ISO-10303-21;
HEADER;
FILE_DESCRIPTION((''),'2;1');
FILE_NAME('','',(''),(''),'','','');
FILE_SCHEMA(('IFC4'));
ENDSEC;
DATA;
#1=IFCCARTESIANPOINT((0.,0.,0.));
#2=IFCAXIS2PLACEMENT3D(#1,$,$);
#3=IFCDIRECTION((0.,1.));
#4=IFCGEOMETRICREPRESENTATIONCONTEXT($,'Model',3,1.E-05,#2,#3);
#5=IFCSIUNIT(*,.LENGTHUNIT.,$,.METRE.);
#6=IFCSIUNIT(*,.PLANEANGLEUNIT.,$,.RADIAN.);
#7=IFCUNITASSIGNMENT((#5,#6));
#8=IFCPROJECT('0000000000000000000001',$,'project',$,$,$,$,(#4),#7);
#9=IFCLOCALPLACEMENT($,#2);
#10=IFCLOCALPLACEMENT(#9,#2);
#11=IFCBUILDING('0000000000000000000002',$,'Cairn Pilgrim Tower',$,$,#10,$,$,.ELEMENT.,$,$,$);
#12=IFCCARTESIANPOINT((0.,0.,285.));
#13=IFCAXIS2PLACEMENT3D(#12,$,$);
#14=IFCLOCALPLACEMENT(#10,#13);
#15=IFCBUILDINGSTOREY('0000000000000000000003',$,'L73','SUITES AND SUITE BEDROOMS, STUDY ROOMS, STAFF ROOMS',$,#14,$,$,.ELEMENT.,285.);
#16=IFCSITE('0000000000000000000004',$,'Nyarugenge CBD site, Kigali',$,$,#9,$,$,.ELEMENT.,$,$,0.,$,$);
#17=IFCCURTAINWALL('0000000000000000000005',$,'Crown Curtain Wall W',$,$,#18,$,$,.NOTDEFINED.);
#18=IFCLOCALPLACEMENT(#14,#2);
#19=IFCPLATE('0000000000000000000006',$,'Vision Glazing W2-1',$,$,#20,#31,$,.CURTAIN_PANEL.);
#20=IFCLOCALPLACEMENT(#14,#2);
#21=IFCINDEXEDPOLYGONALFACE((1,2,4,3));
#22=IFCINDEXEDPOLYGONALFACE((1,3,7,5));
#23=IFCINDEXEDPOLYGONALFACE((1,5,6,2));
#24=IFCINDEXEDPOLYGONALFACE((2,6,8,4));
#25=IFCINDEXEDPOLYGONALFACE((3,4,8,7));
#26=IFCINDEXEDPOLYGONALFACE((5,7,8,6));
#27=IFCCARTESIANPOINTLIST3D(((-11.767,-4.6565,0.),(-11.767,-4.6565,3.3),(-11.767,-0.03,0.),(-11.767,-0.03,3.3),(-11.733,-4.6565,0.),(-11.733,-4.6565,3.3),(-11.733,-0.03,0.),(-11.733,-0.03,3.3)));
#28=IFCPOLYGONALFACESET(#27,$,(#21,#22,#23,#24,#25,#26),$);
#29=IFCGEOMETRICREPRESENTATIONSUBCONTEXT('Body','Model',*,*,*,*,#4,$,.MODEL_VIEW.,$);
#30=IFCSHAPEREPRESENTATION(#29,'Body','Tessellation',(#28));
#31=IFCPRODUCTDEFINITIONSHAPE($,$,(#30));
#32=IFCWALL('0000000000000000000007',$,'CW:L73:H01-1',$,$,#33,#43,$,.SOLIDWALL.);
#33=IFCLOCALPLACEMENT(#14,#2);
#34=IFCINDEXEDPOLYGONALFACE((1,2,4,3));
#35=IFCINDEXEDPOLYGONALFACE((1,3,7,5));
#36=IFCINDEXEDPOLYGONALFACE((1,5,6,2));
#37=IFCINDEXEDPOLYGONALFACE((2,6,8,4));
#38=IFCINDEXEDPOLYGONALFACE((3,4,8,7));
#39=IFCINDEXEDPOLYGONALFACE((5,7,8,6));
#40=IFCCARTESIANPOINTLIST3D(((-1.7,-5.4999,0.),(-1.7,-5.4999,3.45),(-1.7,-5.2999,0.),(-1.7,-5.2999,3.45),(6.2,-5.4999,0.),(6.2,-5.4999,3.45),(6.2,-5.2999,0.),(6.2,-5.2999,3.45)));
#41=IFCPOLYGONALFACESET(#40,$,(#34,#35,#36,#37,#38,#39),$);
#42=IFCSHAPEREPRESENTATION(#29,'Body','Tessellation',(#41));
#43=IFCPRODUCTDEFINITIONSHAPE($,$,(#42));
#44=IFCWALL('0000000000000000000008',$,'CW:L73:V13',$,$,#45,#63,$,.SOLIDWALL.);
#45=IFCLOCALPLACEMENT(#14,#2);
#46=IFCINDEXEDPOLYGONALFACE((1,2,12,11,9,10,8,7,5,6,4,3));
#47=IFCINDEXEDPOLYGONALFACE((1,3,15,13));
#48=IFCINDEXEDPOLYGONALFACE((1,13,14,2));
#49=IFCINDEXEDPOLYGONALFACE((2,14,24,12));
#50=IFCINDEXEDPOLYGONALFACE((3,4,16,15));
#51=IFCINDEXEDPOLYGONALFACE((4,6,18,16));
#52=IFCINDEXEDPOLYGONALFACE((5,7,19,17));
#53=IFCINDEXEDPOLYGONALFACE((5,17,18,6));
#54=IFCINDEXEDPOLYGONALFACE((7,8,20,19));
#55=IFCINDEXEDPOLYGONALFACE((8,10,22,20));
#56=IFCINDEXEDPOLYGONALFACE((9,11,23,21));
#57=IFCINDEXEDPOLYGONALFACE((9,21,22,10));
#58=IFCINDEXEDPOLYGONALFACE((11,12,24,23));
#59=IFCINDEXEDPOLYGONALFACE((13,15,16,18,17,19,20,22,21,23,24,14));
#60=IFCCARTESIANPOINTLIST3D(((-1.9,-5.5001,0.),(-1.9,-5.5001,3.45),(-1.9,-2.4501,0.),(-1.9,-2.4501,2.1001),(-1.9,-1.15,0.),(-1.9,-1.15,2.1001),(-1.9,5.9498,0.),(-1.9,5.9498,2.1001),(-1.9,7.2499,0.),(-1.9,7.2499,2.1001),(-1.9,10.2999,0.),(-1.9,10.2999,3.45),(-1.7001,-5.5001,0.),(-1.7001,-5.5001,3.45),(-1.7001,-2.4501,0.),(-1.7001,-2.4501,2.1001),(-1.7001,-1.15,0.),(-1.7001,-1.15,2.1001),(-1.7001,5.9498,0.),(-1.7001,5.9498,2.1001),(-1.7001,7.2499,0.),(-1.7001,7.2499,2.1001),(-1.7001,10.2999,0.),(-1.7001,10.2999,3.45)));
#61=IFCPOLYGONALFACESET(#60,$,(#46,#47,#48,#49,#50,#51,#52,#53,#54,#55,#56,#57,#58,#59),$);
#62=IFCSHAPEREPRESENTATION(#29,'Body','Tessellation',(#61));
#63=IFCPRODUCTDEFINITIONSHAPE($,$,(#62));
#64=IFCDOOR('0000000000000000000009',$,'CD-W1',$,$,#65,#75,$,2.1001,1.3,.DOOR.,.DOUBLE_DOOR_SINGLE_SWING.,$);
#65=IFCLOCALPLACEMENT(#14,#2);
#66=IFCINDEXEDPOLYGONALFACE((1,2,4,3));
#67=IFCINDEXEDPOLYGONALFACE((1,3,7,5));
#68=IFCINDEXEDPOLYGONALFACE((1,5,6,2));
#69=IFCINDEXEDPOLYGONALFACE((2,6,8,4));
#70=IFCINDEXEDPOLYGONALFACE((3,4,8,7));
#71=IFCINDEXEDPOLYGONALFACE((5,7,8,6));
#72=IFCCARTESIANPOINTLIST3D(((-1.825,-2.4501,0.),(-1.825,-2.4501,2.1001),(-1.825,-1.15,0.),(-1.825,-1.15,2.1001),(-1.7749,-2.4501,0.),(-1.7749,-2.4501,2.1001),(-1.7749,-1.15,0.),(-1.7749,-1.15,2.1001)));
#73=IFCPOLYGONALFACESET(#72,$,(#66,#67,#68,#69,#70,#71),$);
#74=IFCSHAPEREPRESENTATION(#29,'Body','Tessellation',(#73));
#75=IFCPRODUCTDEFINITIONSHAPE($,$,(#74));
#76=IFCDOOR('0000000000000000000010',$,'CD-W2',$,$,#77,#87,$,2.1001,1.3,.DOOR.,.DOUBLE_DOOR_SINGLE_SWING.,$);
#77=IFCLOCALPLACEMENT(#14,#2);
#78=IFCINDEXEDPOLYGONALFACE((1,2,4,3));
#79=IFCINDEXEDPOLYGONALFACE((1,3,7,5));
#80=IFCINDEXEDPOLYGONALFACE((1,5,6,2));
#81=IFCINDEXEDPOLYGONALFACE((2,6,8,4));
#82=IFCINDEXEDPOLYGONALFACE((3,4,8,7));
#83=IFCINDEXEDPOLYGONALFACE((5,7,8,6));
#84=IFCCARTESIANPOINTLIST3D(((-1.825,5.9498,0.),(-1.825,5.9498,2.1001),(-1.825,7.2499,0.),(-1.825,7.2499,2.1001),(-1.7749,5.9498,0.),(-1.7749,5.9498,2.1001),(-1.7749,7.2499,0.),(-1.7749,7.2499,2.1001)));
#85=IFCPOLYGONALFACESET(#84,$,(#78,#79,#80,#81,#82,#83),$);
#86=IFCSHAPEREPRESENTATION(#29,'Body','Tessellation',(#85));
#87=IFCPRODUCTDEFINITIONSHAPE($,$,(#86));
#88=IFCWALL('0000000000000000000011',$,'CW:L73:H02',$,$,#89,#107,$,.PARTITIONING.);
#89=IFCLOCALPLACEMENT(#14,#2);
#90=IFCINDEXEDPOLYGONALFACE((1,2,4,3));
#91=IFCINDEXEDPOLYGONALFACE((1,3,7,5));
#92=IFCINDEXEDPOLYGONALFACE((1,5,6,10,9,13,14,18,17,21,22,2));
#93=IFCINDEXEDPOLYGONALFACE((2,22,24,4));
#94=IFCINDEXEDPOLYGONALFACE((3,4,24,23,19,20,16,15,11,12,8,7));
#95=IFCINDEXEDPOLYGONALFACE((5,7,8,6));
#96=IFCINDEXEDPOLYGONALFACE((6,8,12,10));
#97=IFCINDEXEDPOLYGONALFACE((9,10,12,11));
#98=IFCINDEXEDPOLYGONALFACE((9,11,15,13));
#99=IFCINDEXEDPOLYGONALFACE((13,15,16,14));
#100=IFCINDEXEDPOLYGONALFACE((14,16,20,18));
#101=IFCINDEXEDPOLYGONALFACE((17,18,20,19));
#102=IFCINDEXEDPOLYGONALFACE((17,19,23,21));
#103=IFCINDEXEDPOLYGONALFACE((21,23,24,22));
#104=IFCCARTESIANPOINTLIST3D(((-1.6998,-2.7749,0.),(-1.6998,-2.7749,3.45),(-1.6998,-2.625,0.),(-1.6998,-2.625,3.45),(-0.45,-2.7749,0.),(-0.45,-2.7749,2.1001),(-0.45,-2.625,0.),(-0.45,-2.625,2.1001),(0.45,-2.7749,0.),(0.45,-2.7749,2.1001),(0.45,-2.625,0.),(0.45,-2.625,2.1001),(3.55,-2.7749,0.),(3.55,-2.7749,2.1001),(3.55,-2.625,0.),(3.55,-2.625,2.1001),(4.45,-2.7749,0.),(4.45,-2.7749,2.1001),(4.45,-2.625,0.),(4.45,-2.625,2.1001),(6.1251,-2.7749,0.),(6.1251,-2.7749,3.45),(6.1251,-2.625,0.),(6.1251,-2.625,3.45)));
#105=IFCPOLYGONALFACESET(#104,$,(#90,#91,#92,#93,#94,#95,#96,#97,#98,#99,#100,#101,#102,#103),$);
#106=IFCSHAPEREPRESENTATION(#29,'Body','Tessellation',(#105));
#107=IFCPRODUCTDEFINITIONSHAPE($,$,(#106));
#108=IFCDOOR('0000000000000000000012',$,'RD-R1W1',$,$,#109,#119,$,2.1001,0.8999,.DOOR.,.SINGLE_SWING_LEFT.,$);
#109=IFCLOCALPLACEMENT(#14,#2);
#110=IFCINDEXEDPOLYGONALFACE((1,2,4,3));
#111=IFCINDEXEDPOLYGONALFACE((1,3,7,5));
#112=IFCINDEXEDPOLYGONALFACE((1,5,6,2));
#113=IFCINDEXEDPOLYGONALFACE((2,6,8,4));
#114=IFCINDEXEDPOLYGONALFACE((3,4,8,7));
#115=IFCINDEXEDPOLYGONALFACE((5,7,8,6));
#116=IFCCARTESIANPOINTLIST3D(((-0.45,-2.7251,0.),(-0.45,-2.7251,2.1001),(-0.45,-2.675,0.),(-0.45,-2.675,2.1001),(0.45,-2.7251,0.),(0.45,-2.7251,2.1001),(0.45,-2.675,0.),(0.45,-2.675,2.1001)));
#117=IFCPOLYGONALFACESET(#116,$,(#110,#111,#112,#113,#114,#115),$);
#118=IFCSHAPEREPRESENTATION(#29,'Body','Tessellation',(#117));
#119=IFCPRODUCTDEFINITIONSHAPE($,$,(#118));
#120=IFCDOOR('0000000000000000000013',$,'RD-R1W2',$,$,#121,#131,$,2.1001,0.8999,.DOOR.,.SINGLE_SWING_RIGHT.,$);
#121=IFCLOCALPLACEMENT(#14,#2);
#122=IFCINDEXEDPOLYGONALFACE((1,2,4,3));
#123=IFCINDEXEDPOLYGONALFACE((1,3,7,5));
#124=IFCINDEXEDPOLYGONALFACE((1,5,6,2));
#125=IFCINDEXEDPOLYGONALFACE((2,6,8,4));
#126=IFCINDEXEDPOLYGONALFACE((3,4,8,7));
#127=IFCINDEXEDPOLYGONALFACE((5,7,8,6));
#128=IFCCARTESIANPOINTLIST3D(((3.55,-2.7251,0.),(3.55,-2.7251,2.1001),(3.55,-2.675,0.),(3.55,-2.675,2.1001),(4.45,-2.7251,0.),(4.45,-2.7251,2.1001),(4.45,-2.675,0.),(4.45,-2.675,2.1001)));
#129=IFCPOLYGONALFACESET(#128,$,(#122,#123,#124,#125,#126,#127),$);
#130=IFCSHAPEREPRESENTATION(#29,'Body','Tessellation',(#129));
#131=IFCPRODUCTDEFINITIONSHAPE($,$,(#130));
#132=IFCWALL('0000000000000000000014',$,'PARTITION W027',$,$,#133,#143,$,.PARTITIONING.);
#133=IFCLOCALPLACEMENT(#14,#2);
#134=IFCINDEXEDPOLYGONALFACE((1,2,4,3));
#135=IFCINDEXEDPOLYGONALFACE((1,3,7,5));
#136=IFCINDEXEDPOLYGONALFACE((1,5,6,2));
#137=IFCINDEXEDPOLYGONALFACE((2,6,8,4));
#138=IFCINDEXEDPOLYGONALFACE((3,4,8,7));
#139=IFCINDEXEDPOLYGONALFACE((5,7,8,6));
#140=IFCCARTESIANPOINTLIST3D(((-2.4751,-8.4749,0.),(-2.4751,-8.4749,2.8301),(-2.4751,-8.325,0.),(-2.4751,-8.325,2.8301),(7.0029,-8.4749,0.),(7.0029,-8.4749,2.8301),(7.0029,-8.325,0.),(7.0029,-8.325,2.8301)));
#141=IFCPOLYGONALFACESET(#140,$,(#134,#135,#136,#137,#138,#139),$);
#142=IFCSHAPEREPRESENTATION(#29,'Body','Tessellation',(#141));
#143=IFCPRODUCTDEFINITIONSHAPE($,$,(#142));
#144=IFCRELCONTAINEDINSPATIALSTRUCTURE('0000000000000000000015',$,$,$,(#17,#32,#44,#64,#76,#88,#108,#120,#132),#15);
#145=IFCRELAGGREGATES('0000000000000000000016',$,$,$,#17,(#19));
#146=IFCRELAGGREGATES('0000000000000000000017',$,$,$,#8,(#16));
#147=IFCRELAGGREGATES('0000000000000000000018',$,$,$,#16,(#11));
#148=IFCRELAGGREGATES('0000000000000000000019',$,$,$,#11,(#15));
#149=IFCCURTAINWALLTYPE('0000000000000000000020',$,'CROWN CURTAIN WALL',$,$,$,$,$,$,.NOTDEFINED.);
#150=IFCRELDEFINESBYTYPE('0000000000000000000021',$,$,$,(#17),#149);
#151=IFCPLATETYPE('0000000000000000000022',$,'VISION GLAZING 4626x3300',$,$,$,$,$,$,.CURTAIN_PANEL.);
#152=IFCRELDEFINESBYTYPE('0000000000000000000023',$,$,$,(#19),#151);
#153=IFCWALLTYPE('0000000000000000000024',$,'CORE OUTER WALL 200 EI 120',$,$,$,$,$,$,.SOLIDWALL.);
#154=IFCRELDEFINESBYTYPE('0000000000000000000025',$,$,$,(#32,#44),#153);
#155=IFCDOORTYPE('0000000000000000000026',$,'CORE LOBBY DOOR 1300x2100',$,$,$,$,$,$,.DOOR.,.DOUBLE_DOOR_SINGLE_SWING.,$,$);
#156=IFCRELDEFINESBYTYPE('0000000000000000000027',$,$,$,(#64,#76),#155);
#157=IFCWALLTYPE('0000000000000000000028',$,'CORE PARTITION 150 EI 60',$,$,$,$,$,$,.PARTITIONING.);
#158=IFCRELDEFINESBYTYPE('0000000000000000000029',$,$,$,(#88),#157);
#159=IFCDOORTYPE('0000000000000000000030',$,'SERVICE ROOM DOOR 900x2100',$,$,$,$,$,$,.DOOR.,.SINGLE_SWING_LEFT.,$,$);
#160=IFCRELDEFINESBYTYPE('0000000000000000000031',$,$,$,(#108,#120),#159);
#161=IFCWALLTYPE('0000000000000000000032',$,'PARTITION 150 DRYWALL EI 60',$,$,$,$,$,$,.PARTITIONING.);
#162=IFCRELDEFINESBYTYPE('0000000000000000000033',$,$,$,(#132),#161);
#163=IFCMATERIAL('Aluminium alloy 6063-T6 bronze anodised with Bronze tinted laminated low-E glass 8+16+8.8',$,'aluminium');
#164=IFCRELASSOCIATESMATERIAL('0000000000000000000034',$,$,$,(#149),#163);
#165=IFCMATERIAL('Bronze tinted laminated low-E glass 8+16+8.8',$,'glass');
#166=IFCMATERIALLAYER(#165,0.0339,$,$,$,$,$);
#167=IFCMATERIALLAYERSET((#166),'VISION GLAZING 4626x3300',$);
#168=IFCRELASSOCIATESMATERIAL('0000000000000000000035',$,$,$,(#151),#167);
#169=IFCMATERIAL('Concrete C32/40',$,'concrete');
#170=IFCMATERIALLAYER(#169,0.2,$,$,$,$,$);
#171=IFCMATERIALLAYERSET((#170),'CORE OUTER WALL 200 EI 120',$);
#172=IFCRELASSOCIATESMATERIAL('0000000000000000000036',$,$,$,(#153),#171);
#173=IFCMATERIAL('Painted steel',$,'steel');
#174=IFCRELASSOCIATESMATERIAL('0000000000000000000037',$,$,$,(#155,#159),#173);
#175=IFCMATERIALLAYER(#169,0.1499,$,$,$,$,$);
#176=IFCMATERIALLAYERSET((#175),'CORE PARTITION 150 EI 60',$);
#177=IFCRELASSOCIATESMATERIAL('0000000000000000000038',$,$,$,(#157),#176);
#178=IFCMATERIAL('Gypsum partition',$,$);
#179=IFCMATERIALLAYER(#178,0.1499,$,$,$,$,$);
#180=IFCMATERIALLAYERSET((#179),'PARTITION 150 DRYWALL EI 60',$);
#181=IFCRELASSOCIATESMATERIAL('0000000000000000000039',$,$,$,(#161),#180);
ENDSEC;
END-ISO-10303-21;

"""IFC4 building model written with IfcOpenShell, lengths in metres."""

from ifc_helpers import new_model, si_unit, direction, frame, frame_2d, origin, origin_2d, place, context, subcontext, project, spatial, rectangle, extrude, material, layer, layer_set, type_object, element, fill, aggregate, save


model = new_model("IFC4")

# Units and contexts
model_context = context("Model", 3, precision=1e-05, world=origin(), true_north=direction((0.0, 1.0)))
body_context = subcontext(model_context, "Body", "Model", "MODEL_VIEW")
ifc_project = project(units=[si_unit("LENGTHUNIT", "METRE"), si_unit("PLANEANGLEUNIT", "RADIAN")], contexts=[model_context])

# Site, building, storey
site_placement = place(None, origin())
site = spatial("IfcSite", under=ifc_project, at=site_placement, Name="Nyarugenge CBD site, Kigali", CompositionType="ELEMENT", RefElevation=0.0)
building_placement = place(site_placement, origin())
building = spatial("IfcBuilding", under=site, at=building_placement, Name="Cairn Pilgrim Tower", CompositionType="ELEMENT")
storey_placement = place(building_placement, frame((0.0, 0.0, 285.0)))
storey = spatial("IfcBuildingStorey", under=building, at=storey_placement, Name="L73", Description="SUITES AND SUITE BEDROOMS, STUDY ROOMS, STAFF ROOMS", CompositionType="ELEMENT", Elevation=285.0)

# Curtain wall
ifc_material_1 = material(Name="Aluminium alloy 6063-T6 bronze anodised with Bronze tinted laminated low-E glass 8+16+8.8", Category="aluminium")
curtain_wall_type = type_object("IfcCurtainWallType", Name="CROWN CURTAIN WALL", PredefinedType="NOTDEFINED", material=ifc_material_1)
curtain_wall_1_placement = place(storey_placement, origin())
curtain_wall_1 = element("IfcCurtainWall", 1, at=curtain_wall_1_placement, inside=storey, type_object=curtain_wall_type, Name="Crown Curtain Wall W", PredefinedType="NOTDEFINED")

# Plate
ifc_material_2 = material(Name="Bronze tinted laminated low-E glass 8+16+8.8", Category="glass")
ifc_layer_1 = layer(ifc_material_2, 0.0339)
ifc_layer_set_1 = layer_set([ifc_layer_1], Name="VISION GLAZING 4626x3300")
plate_type_1 = type_object("IfcPlateType", Name="VISION GLAZING 4626x3300", PredefinedType="CURTAIN_PANEL", material=ifc_layer_set_1)
plate_1_placement = place(storey_placement, frame((-11.75, -2.3433, 0.0), z_axis=(0.0, 0.0, 1.0), x_axis=(0.0, -1.0, 0.0)))
plate_1 = element("IfcPlate", 2, at=plate_1_placement, type_object=plate_type_1, Name="Vision Glazing W2-1", PredefinedType="CURTAIN_PANEL", context=body_context, shape_type="SweptSolid", body=[
    extrude(rectangle(XDim=4.6265, YDim=0.0339, at=origin_2d()), origin(), (0.0, 0.0, 1.0), 3.3),
])
aggregate(curtain_wall_1, [plate_1])

# Wall
ifc_material_3 = material(Name="Concrete C32/40", Category="concrete")
ifc_layer_2 = layer(ifc_material_3, 0.2)
ifc_layer_set_2 = layer_set([ifc_layer_2], Name="CORE OUTER WALL 200 EI 120")
wall_type_1 = type_object("IfcWallType", Name="CORE OUTER WALL 200 EI 120", PredefinedType="SOLIDWALL", material=ifc_layer_set_2)
wall_1_placement = place(storey_placement, frame((-1.7, -5.3999, 0.0), z_axis=(0.0, 0.0, 1.0), x_axis=(1.0, 0.0, 0.0)))
element("IfcWall", 3, at=wall_1_placement, inside=storey, type_object=wall_type_1, Name="CW:L73:H01-1", PredefinedType="SOLIDWALL", context=body_context, shape_type="SweptSolid", body=[
    extrude(rectangle(XDim=7.8999, YDim=0.2, at=frame_2d((3.95, 0.0))), origin(), (0.0, 0.0, 1.0), 3.45),
])

# Walls, openings, doors
wall_2_placement = place(storey_placement, frame((-1.8, -5.5, 0.0), z_axis=(0.0, 0.0, 1.0), x_axis=(0.0, 1.0, 0.0)))
wall_2 = element("IfcWall", 4, at=wall_2_placement, inside=storey, type_object=wall_type_1, Name="CW:L73:V13", PredefinedType="SOLIDWALL", context=body_context, shape_type="SweptSolid", body=[
    extrude(rectangle(XDim=15.8, YDim=0.2, at=frame_2d((7.8999, 0.0))), origin(), (0.0, 0.0, 1.0), 3.45),
])
opening_1_placement = place(wall_2_placement, frame((3.05, 0.0, 0.0)))
opening_1 = element("IfcOpeningElement", 5, at=opening_1_placement, cuts=wall_2, PredefinedType="OPENING", context=body_context, shape_type="SweptSolid", body=[
    extrude(rectangle(XDim=1.3, YDim=2.1001, at=frame_2d((0.6499, 1.05))), frame((0.0, 0.1099, 0.0), z_axis=(0.0, -1.0, 0.0), x_axis=(1.0, 0.0, 0.0)), (0.0, 0.0, 1.0), 0.22),
])
opening_2_placement = place(wall_2_placement, frame((11.45, 0.0, 0.0)))
opening_2 = element("IfcOpeningElement", 6, at=opening_2_placement, cuts=wall_2, PredefinedType="OPENING", context=body_context, shape_type="SweptSolid", body=[
    extrude(rectangle(XDim=1.3, YDim=2.1001, at=frame_2d((0.6499, 1.05))), frame((0.0, 0.1099, 0.0), z_axis=(0.0, -1.0, 0.0), x_axis=(1.0, 0.0, 0.0)), (0.0, 0.0, 1.0), 0.22),
])
ifc_material_4 = material(Name="Painted steel", Category="steel")
door_type_1 = type_object("IfcDoorType", Name="CORE LOBBY DOOR 1300x2100", OperationType="DOUBLE_DOOR_SINGLE_SWING", PredefinedType="DOOR", material=ifc_material_4)
door_1_placement = place(opening_1_placement, origin())
door_1 = element("IfcDoor", 7, at=door_1_placement, inside=storey, type_object=door_type_1, Name="CD-W1", OperationType="DOUBLE_DOOR_SINGLE_SWING", OverallHeight=2.1001, OverallWidth=1.3, PredefinedType="DOOR", context=body_context, shape_type="SweptSolid", body=[
    extrude(rectangle(XDim=1.3, YDim=2.1001, at=frame_2d((0.6499, 1.05))), frame((0.0, 0.0249, 0.0), z_axis=(0.0, -1.0, 0.0), x_axis=(1.0, 0.0, 0.0)), (0.0, 0.0, 1.0), 0.05),
])
fill(opening_1, door_1)
door_2_placement = place(opening_2_placement, origin())
door_2 = element("IfcDoor", 8, at=door_2_placement, inside=storey, type_object=door_type_1, Name="CD-W2", OperationType="DOUBLE_DOOR_SINGLE_SWING", OverallHeight=2.1001, OverallWidth=1.3, PredefinedType="DOOR", context=body_context, shape_type="SweptSolid", body=[
    extrude(rectangle(XDim=1.3, YDim=2.1001, at=frame_2d((0.6499, 1.05))), frame((0.0, 0.0249, 0.0), z_axis=(0.0, -1.0, 0.0), x_axis=(1.0, 0.0, 0.0)), (0.0, 0.0, 1.0), 0.05),
])
fill(opening_2, door_2)
ifc_layer_3 = layer(ifc_material_3, 0.1499)
ifc_layer_set_3 = layer_set([ifc_layer_3], Name="CORE PARTITION 150 EI 60")
wall_type_2 = type_object("IfcWallType", Name="CORE PARTITION 150 EI 60", PredefinedType="PARTITIONING", material=ifc_layer_set_3)
wall_3_placement = place(storey_placement, frame((-1.7, -2.7, 0.0), z_axis=(0.0, 0.0, 1.0), x_axis=(1.0, 0.0, 0.0)))
wall_3 = element("IfcWall", 9, at=wall_3_placement, inside=storey, type_object=wall_type_2, Name="CW:L73:H02", PredefinedType="PARTITIONING", context=body_context, shape_type="SweptSolid", body=[
    extrude(rectangle(XDim=7.825, YDim=0.1499, at=frame_2d((3.9126, 0.0))), origin(), (0.0, 0.0, 1.0), 3.45),
])
opening_3_placement = place(wall_3_placement, frame((1.25, 0.0, 0.0)))
opening_3 = element("IfcOpeningElement", 10, at=opening_3_placement, cuts=wall_3, PredefinedType="OPENING", context=body_context, shape_type="SweptSolid", body=[
    extrude(rectangle(XDim=0.8999, YDim=2.1001, at=frame_2d((0.45, 1.05))), frame((0.0, 0.085, 0.0), z_axis=(0.0, -1.0, 0.0), x_axis=(1.0, 0.0, 0.0)), (0.0, 0.0, 1.0), 0.1699),
])
opening_4_placement = place(wall_3_placement, frame((5.25, 0.0, 0.0)))
opening_4 = element("IfcOpeningElement", 11, at=opening_4_placement, cuts=wall_3, PredefinedType="OPENING", context=body_context, shape_type="SweptSolid", body=[
    extrude(rectangle(XDim=0.8999, YDim=2.1001, at=frame_2d((0.45, 1.05))), frame((0.0, 0.085, 0.0), z_axis=(0.0, -1.0, 0.0), x_axis=(1.0, 0.0, 0.0)), (0.0, 0.0, 1.0), 0.1699),
])
door_type_2 = type_object("IfcDoorType", Name="SERVICE ROOM DOOR 900x2100", OperationType="SINGLE_SWING_LEFT", PredefinedType="DOOR", material=ifc_material_4)
door_3_placement = place(opening_3_placement, origin())
door_3 = element("IfcDoor", 12, at=door_3_placement, inside=storey, type_object=door_type_2, Name="RD-R1W1", OperationType="SINGLE_SWING_LEFT", OverallHeight=2.1001, OverallWidth=0.8999, PredefinedType="DOOR", context=body_context, shape_type="SweptSolid", body=[
    extrude(rectangle(XDim=0.8999, YDim=2.1001, at=frame_2d((0.45, 1.05))), frame((0.0, 0.0249, 0.0), z_axis=(0.0, -1.0, 0.0), x_axis=(1.0, 0.0, 0.0)), (0.0, 0.0, 1.0), 0.05),
])
fill(opening_3, door_3)
door_4_placement = place(opening_4_placement, origin())
door_4 = element("IfcDoor", 13, at=door_4_placement, inside=storey, type_object=door_type_2, Name="RD-R1W2", OperationType="SINGLE_SWING_RIGHT", OverallHeight=2.1001, OverallWidth=0.8999, PredefinedType="DOOR", context=body_context, shape_type="SweptSolid", body=[
    extrude(rectangle(XDim=0.8999, YDim=2.1001, at=frame_2d((0.45, 1.05))), frame((0.0, 0.0249, 0.0), z_axis=(0.0, -1.0, 0.0), x_axis=(1.0, 0.0, 0.0)), (0.0, 0.0, 1.0), 0.05),
])
fill(opening_4, door_4)

# Wall
ifc_material_5 = material(Name="Gypsum partition")
ifc_layer_4 = layer(ifc_material_5, 0.1499)
ifc_layer_set_4 = layer_set([ifc_layer_4], Name="PARTITION 150 DRYWALL EI 60")
wall_type_3 = type_object("IfcWallType", Name="PARTITION 150 DRYWALL EI 60", PredefinedType="PARTITIONING", material=ifc_layer_set_4)
wall_4_placement = place(storey_placement, frame((-2.4751, -8.3999, 0.0), z_axis=(0.0, 0.0, 1.0), x_axis=(1.0, 0.0, 0.0)))
element("IfcWall", 14, at=wall_4_placement, inside=storey, type_object=wall_type_3, Name="PARTITION W027", PredefinedType="PARTITIONING", context=body_context, shape_type="SweptSolid", body=[
    extrude(rectangle(XDim=9.478, YDim=0.1499, at=frame_2d((4.739, 0.0))), origin(), (0.0, 0.0, 1.0), 2.8301),
])

save(model, "model.ifc")
